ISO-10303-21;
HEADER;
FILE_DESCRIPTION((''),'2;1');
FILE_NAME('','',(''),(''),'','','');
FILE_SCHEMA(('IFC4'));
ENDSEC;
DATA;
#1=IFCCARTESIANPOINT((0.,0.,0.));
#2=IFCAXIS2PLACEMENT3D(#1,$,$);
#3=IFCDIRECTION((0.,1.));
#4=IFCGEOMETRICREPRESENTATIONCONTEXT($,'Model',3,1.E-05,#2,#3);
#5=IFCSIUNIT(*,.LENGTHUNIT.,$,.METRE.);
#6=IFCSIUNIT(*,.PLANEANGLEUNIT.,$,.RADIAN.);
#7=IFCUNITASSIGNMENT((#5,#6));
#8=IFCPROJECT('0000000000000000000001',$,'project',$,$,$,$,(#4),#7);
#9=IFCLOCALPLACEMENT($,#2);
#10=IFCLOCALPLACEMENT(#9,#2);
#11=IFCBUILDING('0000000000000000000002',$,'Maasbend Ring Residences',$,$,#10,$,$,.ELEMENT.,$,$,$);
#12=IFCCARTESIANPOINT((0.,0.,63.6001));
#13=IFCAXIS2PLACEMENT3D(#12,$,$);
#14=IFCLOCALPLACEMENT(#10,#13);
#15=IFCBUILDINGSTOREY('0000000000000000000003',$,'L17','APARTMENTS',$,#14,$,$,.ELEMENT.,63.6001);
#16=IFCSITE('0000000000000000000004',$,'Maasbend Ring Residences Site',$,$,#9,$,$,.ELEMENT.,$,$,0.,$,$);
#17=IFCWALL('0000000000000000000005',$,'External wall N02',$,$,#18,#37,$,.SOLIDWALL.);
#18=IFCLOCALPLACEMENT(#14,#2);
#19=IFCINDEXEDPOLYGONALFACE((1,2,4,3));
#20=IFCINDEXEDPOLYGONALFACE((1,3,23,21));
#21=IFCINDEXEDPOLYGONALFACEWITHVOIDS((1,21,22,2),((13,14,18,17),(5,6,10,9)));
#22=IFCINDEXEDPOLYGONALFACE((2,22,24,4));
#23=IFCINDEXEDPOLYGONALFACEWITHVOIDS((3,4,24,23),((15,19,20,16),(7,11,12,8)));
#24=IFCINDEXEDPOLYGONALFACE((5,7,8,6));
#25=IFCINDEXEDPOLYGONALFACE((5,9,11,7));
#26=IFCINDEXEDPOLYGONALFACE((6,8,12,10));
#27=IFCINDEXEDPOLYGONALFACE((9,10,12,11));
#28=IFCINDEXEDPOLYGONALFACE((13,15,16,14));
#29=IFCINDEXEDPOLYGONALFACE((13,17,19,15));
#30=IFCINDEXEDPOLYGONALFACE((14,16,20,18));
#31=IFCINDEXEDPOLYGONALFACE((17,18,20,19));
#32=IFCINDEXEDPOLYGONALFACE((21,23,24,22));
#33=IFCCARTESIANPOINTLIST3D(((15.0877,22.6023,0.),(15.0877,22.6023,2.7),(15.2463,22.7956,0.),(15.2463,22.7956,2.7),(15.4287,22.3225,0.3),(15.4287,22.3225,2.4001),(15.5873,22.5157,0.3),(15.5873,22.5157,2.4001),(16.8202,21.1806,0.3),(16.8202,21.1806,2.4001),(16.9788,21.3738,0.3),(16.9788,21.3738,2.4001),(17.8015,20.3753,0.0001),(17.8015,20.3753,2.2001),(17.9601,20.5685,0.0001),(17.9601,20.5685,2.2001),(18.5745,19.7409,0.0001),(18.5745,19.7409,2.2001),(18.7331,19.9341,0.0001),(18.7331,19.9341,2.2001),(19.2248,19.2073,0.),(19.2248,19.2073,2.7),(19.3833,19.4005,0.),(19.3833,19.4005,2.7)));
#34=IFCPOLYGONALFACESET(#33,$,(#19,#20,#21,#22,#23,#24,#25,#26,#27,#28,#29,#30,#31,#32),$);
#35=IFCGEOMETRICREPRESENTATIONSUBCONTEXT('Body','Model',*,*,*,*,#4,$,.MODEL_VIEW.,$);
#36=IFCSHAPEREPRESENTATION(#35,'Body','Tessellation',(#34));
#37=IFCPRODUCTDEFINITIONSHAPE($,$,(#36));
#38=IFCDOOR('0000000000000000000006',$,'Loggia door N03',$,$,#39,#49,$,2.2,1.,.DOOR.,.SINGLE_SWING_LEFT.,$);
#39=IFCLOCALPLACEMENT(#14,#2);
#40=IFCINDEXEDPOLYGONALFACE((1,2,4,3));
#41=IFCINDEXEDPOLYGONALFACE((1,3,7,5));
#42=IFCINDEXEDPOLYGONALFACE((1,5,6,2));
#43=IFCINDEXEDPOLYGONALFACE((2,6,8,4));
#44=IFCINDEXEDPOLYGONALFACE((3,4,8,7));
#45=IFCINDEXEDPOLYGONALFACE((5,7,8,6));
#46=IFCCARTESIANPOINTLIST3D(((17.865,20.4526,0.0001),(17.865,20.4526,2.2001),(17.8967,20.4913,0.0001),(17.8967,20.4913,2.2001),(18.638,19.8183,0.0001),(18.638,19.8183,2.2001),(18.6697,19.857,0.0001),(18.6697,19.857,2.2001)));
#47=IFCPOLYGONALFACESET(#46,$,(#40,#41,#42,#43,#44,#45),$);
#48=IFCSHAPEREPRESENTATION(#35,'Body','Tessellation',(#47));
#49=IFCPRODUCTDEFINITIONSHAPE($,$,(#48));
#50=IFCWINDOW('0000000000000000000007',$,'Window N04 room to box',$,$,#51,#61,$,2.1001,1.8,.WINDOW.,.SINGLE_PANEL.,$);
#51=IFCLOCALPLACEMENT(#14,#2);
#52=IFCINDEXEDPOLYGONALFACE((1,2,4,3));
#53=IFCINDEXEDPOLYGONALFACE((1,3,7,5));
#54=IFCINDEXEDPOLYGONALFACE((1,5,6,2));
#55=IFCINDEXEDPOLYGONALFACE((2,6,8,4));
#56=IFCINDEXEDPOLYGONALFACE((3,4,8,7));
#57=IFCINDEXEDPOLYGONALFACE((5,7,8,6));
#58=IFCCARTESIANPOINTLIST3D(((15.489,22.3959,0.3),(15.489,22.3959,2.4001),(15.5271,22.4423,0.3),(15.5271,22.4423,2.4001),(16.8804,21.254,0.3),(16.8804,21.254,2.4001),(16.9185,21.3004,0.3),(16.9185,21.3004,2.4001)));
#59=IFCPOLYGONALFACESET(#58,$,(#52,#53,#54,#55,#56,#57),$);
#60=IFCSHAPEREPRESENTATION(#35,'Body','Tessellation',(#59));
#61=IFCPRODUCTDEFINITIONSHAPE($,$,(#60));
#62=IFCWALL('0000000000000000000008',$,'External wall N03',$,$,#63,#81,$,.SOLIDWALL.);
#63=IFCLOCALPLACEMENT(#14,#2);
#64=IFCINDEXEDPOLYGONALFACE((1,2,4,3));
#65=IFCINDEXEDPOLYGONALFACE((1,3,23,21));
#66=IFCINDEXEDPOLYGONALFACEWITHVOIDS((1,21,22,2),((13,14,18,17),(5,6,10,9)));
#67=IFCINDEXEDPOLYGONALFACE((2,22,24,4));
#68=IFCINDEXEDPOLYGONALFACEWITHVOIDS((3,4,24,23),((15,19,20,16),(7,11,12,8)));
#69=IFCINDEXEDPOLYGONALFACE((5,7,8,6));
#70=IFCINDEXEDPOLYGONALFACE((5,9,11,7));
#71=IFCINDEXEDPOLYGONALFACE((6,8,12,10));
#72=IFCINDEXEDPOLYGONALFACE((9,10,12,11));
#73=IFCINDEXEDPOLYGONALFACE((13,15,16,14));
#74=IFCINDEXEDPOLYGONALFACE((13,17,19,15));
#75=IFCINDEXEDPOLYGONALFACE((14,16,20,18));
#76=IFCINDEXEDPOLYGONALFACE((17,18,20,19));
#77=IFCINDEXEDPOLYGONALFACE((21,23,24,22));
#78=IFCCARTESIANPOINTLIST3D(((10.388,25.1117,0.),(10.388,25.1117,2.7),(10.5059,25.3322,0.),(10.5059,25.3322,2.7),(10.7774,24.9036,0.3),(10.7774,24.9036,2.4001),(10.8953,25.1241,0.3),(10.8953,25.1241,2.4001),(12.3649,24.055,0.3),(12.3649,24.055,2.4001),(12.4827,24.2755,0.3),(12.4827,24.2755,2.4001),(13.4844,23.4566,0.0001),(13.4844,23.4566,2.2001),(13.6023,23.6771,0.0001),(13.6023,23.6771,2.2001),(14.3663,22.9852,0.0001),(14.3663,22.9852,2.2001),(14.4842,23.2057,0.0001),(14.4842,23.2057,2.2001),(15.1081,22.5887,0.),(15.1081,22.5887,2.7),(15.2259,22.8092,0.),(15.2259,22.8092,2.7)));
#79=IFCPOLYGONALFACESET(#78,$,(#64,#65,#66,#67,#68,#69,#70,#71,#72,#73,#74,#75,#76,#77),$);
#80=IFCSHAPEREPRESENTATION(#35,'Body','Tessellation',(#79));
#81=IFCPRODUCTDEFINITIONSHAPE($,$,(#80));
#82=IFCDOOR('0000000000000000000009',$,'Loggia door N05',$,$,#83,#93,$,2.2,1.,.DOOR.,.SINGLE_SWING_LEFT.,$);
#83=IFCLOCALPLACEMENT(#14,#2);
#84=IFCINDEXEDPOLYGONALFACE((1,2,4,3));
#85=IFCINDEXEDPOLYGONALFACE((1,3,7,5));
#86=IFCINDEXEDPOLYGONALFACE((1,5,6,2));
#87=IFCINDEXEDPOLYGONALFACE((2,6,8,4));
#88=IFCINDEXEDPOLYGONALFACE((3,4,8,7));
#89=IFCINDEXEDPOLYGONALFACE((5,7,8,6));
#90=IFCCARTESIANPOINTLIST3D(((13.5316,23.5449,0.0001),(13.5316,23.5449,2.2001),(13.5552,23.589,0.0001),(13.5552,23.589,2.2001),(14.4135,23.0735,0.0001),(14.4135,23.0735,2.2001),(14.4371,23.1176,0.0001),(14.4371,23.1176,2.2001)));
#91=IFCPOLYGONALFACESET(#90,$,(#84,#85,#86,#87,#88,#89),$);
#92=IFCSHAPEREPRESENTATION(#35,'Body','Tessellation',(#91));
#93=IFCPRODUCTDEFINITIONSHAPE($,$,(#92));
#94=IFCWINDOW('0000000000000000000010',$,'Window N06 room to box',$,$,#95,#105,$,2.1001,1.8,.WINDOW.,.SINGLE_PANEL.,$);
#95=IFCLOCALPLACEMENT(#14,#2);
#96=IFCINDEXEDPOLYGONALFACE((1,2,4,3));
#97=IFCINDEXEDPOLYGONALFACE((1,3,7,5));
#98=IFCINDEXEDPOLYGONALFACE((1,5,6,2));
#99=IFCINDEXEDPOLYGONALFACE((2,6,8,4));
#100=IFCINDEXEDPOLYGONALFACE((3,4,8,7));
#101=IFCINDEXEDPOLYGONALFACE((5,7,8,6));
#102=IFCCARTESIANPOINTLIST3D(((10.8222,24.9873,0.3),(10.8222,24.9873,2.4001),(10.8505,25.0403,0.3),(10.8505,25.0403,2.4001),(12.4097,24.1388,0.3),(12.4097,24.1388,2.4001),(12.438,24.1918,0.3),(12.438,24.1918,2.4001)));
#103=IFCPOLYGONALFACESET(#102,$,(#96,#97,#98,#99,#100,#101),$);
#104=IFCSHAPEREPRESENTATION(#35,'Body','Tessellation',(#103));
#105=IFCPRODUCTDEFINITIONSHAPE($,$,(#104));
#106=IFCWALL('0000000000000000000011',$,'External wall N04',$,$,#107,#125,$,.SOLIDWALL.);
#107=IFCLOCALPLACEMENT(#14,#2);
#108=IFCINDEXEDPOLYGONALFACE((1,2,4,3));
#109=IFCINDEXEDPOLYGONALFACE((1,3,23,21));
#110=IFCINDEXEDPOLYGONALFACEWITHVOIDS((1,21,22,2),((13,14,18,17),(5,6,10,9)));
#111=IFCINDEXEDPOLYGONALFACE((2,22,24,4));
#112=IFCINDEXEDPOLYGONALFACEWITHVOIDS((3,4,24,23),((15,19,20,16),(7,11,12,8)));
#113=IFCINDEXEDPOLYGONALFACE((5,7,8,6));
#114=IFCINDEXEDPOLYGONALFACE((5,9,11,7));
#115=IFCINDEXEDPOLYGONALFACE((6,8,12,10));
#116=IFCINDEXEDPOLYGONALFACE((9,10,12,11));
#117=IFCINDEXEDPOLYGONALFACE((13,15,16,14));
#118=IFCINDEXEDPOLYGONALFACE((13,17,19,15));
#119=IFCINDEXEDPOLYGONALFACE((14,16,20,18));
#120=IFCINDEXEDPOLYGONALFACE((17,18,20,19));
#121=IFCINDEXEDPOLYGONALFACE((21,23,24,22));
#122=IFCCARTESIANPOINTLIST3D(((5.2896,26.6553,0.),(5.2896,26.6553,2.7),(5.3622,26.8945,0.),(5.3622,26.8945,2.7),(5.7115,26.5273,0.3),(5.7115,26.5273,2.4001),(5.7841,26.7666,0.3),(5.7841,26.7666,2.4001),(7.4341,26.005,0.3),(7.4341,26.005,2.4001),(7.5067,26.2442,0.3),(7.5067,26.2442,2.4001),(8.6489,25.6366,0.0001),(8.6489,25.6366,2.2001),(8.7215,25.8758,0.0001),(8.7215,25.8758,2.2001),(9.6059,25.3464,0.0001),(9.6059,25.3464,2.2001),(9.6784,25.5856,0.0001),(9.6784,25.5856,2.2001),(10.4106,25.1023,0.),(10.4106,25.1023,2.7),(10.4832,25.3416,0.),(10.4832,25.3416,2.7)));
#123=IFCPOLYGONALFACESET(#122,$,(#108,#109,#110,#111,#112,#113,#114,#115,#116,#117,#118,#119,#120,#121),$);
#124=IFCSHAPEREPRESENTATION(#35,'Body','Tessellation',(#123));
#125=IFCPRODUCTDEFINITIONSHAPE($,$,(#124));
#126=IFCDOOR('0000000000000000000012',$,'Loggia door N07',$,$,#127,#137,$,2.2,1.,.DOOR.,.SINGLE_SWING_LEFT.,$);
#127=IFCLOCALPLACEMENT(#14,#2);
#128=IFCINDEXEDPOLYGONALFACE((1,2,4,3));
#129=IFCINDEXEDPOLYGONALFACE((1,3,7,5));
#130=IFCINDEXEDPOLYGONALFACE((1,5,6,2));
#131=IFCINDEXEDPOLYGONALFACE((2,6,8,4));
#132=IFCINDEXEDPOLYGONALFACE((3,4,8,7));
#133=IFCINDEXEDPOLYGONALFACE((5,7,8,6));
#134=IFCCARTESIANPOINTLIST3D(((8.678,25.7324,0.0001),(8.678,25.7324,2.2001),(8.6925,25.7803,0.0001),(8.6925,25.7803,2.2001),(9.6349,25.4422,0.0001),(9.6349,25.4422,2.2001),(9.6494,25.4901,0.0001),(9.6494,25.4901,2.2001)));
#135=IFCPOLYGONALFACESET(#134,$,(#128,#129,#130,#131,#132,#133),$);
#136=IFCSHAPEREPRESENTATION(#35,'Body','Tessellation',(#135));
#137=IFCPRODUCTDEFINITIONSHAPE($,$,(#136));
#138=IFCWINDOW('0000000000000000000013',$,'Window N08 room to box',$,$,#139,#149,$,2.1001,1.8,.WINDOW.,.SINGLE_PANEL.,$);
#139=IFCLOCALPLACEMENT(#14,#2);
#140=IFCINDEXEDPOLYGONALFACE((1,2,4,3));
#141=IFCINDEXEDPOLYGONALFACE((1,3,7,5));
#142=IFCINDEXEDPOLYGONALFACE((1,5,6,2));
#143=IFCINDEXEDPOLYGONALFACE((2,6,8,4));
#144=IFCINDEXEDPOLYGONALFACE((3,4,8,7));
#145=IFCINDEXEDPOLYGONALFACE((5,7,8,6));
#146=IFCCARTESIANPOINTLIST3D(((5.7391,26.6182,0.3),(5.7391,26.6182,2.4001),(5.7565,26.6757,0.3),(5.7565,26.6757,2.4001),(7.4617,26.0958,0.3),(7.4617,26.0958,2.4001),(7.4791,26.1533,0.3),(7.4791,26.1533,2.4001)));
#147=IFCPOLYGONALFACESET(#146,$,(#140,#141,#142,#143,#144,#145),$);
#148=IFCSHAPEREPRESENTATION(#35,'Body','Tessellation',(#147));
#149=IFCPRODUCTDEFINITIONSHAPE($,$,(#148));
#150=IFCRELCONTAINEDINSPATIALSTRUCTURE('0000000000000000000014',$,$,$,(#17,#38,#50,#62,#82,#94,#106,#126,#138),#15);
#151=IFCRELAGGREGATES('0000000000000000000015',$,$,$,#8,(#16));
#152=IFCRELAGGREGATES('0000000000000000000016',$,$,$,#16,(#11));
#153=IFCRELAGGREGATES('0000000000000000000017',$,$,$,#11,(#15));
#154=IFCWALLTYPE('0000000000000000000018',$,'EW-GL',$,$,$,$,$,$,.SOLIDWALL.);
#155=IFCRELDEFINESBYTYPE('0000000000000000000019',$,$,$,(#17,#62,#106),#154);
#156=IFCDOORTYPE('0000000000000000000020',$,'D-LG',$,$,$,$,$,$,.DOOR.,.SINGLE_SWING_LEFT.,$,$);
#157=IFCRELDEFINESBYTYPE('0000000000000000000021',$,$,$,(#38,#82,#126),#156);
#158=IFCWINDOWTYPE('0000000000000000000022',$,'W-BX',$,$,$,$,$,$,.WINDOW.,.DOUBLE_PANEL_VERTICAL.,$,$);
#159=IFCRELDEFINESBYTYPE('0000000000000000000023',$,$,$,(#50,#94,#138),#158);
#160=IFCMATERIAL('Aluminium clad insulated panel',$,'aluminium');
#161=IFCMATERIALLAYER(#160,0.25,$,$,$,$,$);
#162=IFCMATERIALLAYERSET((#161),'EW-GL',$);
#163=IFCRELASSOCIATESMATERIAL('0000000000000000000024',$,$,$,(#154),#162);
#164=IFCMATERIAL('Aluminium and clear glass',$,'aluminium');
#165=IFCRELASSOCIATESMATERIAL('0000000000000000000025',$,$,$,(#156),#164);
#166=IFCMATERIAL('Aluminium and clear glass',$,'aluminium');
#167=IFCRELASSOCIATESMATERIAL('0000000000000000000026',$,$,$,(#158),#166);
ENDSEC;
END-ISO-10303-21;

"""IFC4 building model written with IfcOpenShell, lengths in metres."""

from ifc_helpers import new_model, si_unit, direction, frame, frame_2d, origin, place, context, subcontext, project, spatial, rectangle, extrude, material, layer, layer_set, type_object, element, fill, save


model = new_model("IFC4")

# Units and contexts
model_context = context("Model", 3, precision=1e-05, world=origin(), true_north=direction((0.0, 1.0)))
body_context = subcontext(model_context, "Body", "Model", "MODEL_VIEW")
ifc_project = project(units=[si_unit("LENGTHUNIT", "METRE"), si_unit("PLANEANGLEUNIT", "RADIAN")], contexts=[model_context])

# Site, building, storey
site_placement = place(None, origin())
site = spatial("IfcSite", under=ifc_project, at=site_placement, Name="Maasbend Ring Residences Site", CompositionType="ELEMENT", RefElevation=0.0)
building_placement = place(site_placement, origin())
building = spatial("IfcBuilding", under=site, at=building_placement, Name="Maasbend Ring Residences", CompositionType="ELEMENT")
storey_placement = place(building_placement, frame((0.0, 0.0, 63.6001)))
storey = spatial("IfcBuildingStorey", under=building, at=storey_placement, Name="L17", Description="APARTMENTS", CompositionType="ELEMENT", Elevation=63.6001)

# Walls, openings, doors, windows
ifc_material_1 = material(Name="Aluminium clad insulated panel", Category="aluminium")
ifc_layer_1 = layer(ifc_material_1, 0.25)
ifc_layer_set_1 = layer_set([ifc_layer_1], Name="EW-GL")
wall_type_1 = type_object("IfcWallType", Name="EW-GL", PredefinedType="SOLIDWALL", material=ifc_layer_set_1)
wall_1_placement = place(storey_placement, frame((19.304, 19.304, 0.0), z_axis=(0.0, 0.0, 1.0), x_axis=(-0.773019, 0.634382, 0.0)))
wall_1 = element("IfcWall", 1, at=wall_1_placement, inside=storey, type_object=wall_type_1, Name="External wall N02", PredefinedType="SOLIDWALL", context=body_context, shape_type="SweptSolid", body=[
    extrude(rectangle(XDim=5.3518, YDim=0.25, at=frame_2d((2.6758, 0.0))), origin(), (0.0, 0.0, 1.0), 2.7),
])
opening_1_placement = place(wall_1_placement, frame((0.8411, 0.0, 0.0)))
opening_1 = element("IfcOpeningElement", 2, at=opening_1_placement, cuts=wall_1, PredefinedType="OPENING", context=body_context, shape_type="SweptSolid", body=[
    extrude(rectangle(XDim=1.0, YDim=2.2, at=frame_2d((0.5, 1.1001))), frame((0.0, 0.135, 0.0), z_axis=(0.0, -1.0, 0.0), x_axis=(1.0, 0.0, 0.0)), (0.0, 0.0, 1.0), 0.27),
])
opening_2_placement = place(wall_1_placement, frame((3.1106, 0.0, 0.3)))
opening_2 = element("IfcOpeningElement", 3, at=opening_2_placement, cuts=wall_1, PredefinedType="OPENING", context=body_context, shape_type="SweptSolid", body=[
    extrude(rectangle(XDim=1.8, YDim=2.1001, at=frame_2d((0.8999, 1.05))), frame((0.0, 0.135, 0.0), z_axis=(0.0, -1.0, 0.0), x_axis=(1.0, 0.0, 0.0)), (0.0, 0.0, 1.0), 0.27),
])
ifc_material_2 = material(Name="Aluminium and clear glass", Category="aluminium")
door_type = type_object("IfcDoorType", Name="D-LG", OperationType="SINGLE_SWING_LEFT", PredefinedType="DOOR", material=ifc_material_2)
door_1_placement = place(opening_1_placement, origin())
door_1 = element("IfcDoor", 4, at=door_1_placement, inside=storey, type_object=door_type, Name="Loggia door N03", OperationType="SINGLE_SWING_LEFT", OverallHeight=2.2, OverallWidth=1.0, PredefinedType="DOOR", context=body_context, shape_type="SweptSolid", body=[
    extrude(rectangle(XDim=1.0, YDim=2.2, at=frame_2d((0.5, 1.1001))), frame((0.0, 0.0249, 0.0), z_axis=(0.0, -1.0, 0.0), x_axis=(1.0, 0.0, 0.0)), (0.0, 0.0, 1.0), 0.05),
])
fill(opening_1, door_1)
ifc_material_3 = material(Name="Aluminium and clear glass", Category="aluminium")
window_type_1 = type_object("IfcWindowType", Name="W-BX", PartitioningType="DOUBLE_PANEL_VERTICAL", PredefinedType="WINDOW", material=ifc_material_3)
window_1_placement = place(opening_2_placement, origin())
window_1 = element("IfcWindow", 5, at=window_1_placement, inside=storey, type_object=window_type_1, Name="Window N04 room to box", OverallHeight=2.1001, OverallWidth=1.8, PartitioningType="SINGLE_PANEL", PredefinedType="WINDOW", context=body_context, shape_type="SweptSolid", body=[
    extrude(rectangle(XDim=1.8, YDim=2.1001, at=frame_2d((0.8999, 1.05))), frame((0.0, 0.03, 0.0), z_axis=(0.0, -1.0, 0.0), x_axis=(1.0, 0.0, 0.0)), (0.0, 0.0, 1.0), 0.0601),
])
fill(opening_2, window_1)
wall_2_placement = place(storey_placement, frame((15.167, 22.699, 0.0), z_axis=(0.0, 0.0, 1.0), x_axis=(-0.881916, 0.471407, 0.0)))
wall_2 = element("IfcWall", 6, at=wall_2_placement, inside=storey, type_object=wall_type_1, Name="External wall N03", PredefinedType="SOLIDWALL", context=body_context, shape_type="SweptSolid", body=[
    extrude(rectangle(XDim=5.3521, YDim=0.25, at=frame_2d((2.676, 0.0))), origin(), (0.0, 0.0, 1.0), 2.7),
])
opening_3_placement = place(wall_2_placement, frame((0.8411, 0.0, 0.0)))
opening_3 = element("IfcOpeningElement", 7, at=opening_3_placement, cuts=wall_2, PredefinedType="OPENING", context=body_context, shape_type="SweptSolid", body=[
    extrude(rectangle(XDim=1.0, YDim=2.2, at=frame_2d((0.5, 1.1001))), frame((0.0, 0.135, 0.0), z_axis=(0.0, -1.0, 0.0), x_axis=(1.0, 0.0, 0.0)), (0.0, 0.0, 1.0), 0.27),
])
opening_4_placement = place(wall_2_placement, frame((3.1106, 0.0, 0.3)))
opening_4 = element("IfcOpeningElement", 8, at=opening_4_placement, cuts=wall_2, PredefinedType="OPENING", context=body_context, shape_type="SweptSolid", body=[
    extrude(rectangle(XDim=1.8, YDim=2.1001, at=frame_2d((0.8999, 1.05))), frame((0.0, 0.135, 0.0), z_axis=(0.0, -1.0, 0.0), x_axis=(1.0, 0.0, 0.0)), (0.0, 0.0, 1.0), 0.27),
])
door_2_placement = place(opening_3_placement, origin())
door_2 = element("IfcDoor", 9, at=door_2_placement, inside=storey, type_object=door_type, Name="Loggia door N05", OperationType="SINGLE_SWING_LEFT", OverallHeight=2.2, OverallWidth=1.0, PredefinedType="DOOR", context=body_context, shape_type="SweptSolid", body=[
    extrude(rectangle(XDim=1.0, YDim=2.2, at=frame_2d((0.5, 1.1001))), frame((0.0, 0.0249, 0.0), z_axis=(0.0, -1.0, 0.0), x_axis=(1.0, 0.0, 0.0)), (0.0, 0.0, 1.0), 0.05),
])
fill(opening_3, door_2)
window_2_placement = place(opening_4_placement, origin())
window_2 = element("IfcWindow", 10, at=window_2_placement, inside=storey, type_object=window_type_1, Name="Window N06 room to box", OverallHeight=2.1001, OverallWidth=1.8, PartitioningType="SINGLE_PANEL", PredefinedType="WINDOW", context=body_context, shape_type="SweptSolid", body=[
    extrude(rectangle(XDim=1.8, YDim=2.1001, at=frame_2d((0.8999, 1.05))), frame((0.0, 0.03, 0.0), z_axis=(0.0, -1.0, 0.0), x_axis=(1.0, 0.0, 0.0)), (0.0, 0.0, 1.0), 0.0601),
])
fill(opening_4, window_2)
wall_3_placement = place(storey_placement, frame((10.447, 25.2219, 0.0), z_axis=(0.0, 0.0, 1.0), x_axis=(-0.956966, 0.290201, 0.0)))
wall_3 = element("IfcWall", 11, at=wall_3_placement, inside=storey, type_object=wall_type_1, Name="External wall N04", PredefinedType="SOLIDWALL", context=body_context, shape_type="SweptSolid", body=[
    extrude(rectangle(XDim=5.3513, YDim=0.25, at=frame_2d((2.6758, 0.0))), origin(), (0.0, 0.0, 1.0), 2.7),
])
opening_5_placement = place(wall_3_placement, frame((0.8411, 0.0, 0.0)))
opening_5 = element("IfcOpeningElement", 12, at=opening_5_placement, cuts=wall_3, PredefinedType="OPENING", context=body_context, shape_type="SweptSolid", body=[
    extrude(rectangle(XDim=1.0, YDim=2.2, at=frame_2d((0.5, 1.1001))), frame((0.0, 0.135, 0.0), z_axis=(0.0, -1.0, 0.0), x_axis=(1.0, 0.0, 0.0)), (0.0, 0.0, 1.0), 0.27),
])
opening_6_placement = place(wall_3_placement, frame((3.1106, 0.0, 0.3)))
opening_6 = element("IfcOpeningElement", 13, at=opening_6_placement, cuts=wall_3, PredefinedType="OPENING", context=body_context, shape_type="SweptSolid", body=[
    extrude(rectangle(XDim=1.8, YDim=2.1001, at=frame_2d((0.8999, 1.05))), frame((0.0, 0.135, 0.0), z_axis=(0.0, -1.0, 0.0), x_axis=(1.0, 0.0, 0.0)), (0.0, 0.0, 1.0), 0.27),
])
door_3_placement = place(opening_5_placement, origin())
door_3 = element("IfcDoor", 14, at=door_3_placement, inside=storey, type_object=door_type, Name="Loggia door N07", OperationType="SINGLE_SWING_LEFT", OverallHeight=2.2, OverallWidth=1.0, PredefinedType="DOOR", context=body_context, shape_type="SweptSolid", body=[
    extrude(rectangle(XDim=1.0, YDim=2.2, at=frame_2d((0.5, 1.1001))), frame((0.0, 0.0249, 0.0), z_axis=(0.0, -1.0, 0.0), x_axis=(1.0, 0.0, 0.0)), (0.0, 0.0, 1.0), 0.05),
])
fill(opening_5, door_3)
window_3_placement = place(opening_6_placement, origin())
window_3 = element("IfcWindow", 15, at=window_3_placement, inside=storey, type_object=window_type_1, Name="Window N08 room to box", OverallHeight=2.1001, OverallWidth=1.8, PartitioningType="SINGLE_PANEL", PredefinedType="WINDOW", context=body_context, shape_type="SweptSolid", body=[
    extrude(rectangle(XDim=1.8, YDim=2.1001, at=frame_2d((0.8999, 1.05))), frame((0.0, 0.03, 0.0), z_axis=(0.0, -1.0, 0.0), x_axis=(1.0, 0.0, 0.0)), (0.0, 0.0, 1.0), 0.0601),
])
fill(opening_6, window_3)

save(model, "model.ifc")
